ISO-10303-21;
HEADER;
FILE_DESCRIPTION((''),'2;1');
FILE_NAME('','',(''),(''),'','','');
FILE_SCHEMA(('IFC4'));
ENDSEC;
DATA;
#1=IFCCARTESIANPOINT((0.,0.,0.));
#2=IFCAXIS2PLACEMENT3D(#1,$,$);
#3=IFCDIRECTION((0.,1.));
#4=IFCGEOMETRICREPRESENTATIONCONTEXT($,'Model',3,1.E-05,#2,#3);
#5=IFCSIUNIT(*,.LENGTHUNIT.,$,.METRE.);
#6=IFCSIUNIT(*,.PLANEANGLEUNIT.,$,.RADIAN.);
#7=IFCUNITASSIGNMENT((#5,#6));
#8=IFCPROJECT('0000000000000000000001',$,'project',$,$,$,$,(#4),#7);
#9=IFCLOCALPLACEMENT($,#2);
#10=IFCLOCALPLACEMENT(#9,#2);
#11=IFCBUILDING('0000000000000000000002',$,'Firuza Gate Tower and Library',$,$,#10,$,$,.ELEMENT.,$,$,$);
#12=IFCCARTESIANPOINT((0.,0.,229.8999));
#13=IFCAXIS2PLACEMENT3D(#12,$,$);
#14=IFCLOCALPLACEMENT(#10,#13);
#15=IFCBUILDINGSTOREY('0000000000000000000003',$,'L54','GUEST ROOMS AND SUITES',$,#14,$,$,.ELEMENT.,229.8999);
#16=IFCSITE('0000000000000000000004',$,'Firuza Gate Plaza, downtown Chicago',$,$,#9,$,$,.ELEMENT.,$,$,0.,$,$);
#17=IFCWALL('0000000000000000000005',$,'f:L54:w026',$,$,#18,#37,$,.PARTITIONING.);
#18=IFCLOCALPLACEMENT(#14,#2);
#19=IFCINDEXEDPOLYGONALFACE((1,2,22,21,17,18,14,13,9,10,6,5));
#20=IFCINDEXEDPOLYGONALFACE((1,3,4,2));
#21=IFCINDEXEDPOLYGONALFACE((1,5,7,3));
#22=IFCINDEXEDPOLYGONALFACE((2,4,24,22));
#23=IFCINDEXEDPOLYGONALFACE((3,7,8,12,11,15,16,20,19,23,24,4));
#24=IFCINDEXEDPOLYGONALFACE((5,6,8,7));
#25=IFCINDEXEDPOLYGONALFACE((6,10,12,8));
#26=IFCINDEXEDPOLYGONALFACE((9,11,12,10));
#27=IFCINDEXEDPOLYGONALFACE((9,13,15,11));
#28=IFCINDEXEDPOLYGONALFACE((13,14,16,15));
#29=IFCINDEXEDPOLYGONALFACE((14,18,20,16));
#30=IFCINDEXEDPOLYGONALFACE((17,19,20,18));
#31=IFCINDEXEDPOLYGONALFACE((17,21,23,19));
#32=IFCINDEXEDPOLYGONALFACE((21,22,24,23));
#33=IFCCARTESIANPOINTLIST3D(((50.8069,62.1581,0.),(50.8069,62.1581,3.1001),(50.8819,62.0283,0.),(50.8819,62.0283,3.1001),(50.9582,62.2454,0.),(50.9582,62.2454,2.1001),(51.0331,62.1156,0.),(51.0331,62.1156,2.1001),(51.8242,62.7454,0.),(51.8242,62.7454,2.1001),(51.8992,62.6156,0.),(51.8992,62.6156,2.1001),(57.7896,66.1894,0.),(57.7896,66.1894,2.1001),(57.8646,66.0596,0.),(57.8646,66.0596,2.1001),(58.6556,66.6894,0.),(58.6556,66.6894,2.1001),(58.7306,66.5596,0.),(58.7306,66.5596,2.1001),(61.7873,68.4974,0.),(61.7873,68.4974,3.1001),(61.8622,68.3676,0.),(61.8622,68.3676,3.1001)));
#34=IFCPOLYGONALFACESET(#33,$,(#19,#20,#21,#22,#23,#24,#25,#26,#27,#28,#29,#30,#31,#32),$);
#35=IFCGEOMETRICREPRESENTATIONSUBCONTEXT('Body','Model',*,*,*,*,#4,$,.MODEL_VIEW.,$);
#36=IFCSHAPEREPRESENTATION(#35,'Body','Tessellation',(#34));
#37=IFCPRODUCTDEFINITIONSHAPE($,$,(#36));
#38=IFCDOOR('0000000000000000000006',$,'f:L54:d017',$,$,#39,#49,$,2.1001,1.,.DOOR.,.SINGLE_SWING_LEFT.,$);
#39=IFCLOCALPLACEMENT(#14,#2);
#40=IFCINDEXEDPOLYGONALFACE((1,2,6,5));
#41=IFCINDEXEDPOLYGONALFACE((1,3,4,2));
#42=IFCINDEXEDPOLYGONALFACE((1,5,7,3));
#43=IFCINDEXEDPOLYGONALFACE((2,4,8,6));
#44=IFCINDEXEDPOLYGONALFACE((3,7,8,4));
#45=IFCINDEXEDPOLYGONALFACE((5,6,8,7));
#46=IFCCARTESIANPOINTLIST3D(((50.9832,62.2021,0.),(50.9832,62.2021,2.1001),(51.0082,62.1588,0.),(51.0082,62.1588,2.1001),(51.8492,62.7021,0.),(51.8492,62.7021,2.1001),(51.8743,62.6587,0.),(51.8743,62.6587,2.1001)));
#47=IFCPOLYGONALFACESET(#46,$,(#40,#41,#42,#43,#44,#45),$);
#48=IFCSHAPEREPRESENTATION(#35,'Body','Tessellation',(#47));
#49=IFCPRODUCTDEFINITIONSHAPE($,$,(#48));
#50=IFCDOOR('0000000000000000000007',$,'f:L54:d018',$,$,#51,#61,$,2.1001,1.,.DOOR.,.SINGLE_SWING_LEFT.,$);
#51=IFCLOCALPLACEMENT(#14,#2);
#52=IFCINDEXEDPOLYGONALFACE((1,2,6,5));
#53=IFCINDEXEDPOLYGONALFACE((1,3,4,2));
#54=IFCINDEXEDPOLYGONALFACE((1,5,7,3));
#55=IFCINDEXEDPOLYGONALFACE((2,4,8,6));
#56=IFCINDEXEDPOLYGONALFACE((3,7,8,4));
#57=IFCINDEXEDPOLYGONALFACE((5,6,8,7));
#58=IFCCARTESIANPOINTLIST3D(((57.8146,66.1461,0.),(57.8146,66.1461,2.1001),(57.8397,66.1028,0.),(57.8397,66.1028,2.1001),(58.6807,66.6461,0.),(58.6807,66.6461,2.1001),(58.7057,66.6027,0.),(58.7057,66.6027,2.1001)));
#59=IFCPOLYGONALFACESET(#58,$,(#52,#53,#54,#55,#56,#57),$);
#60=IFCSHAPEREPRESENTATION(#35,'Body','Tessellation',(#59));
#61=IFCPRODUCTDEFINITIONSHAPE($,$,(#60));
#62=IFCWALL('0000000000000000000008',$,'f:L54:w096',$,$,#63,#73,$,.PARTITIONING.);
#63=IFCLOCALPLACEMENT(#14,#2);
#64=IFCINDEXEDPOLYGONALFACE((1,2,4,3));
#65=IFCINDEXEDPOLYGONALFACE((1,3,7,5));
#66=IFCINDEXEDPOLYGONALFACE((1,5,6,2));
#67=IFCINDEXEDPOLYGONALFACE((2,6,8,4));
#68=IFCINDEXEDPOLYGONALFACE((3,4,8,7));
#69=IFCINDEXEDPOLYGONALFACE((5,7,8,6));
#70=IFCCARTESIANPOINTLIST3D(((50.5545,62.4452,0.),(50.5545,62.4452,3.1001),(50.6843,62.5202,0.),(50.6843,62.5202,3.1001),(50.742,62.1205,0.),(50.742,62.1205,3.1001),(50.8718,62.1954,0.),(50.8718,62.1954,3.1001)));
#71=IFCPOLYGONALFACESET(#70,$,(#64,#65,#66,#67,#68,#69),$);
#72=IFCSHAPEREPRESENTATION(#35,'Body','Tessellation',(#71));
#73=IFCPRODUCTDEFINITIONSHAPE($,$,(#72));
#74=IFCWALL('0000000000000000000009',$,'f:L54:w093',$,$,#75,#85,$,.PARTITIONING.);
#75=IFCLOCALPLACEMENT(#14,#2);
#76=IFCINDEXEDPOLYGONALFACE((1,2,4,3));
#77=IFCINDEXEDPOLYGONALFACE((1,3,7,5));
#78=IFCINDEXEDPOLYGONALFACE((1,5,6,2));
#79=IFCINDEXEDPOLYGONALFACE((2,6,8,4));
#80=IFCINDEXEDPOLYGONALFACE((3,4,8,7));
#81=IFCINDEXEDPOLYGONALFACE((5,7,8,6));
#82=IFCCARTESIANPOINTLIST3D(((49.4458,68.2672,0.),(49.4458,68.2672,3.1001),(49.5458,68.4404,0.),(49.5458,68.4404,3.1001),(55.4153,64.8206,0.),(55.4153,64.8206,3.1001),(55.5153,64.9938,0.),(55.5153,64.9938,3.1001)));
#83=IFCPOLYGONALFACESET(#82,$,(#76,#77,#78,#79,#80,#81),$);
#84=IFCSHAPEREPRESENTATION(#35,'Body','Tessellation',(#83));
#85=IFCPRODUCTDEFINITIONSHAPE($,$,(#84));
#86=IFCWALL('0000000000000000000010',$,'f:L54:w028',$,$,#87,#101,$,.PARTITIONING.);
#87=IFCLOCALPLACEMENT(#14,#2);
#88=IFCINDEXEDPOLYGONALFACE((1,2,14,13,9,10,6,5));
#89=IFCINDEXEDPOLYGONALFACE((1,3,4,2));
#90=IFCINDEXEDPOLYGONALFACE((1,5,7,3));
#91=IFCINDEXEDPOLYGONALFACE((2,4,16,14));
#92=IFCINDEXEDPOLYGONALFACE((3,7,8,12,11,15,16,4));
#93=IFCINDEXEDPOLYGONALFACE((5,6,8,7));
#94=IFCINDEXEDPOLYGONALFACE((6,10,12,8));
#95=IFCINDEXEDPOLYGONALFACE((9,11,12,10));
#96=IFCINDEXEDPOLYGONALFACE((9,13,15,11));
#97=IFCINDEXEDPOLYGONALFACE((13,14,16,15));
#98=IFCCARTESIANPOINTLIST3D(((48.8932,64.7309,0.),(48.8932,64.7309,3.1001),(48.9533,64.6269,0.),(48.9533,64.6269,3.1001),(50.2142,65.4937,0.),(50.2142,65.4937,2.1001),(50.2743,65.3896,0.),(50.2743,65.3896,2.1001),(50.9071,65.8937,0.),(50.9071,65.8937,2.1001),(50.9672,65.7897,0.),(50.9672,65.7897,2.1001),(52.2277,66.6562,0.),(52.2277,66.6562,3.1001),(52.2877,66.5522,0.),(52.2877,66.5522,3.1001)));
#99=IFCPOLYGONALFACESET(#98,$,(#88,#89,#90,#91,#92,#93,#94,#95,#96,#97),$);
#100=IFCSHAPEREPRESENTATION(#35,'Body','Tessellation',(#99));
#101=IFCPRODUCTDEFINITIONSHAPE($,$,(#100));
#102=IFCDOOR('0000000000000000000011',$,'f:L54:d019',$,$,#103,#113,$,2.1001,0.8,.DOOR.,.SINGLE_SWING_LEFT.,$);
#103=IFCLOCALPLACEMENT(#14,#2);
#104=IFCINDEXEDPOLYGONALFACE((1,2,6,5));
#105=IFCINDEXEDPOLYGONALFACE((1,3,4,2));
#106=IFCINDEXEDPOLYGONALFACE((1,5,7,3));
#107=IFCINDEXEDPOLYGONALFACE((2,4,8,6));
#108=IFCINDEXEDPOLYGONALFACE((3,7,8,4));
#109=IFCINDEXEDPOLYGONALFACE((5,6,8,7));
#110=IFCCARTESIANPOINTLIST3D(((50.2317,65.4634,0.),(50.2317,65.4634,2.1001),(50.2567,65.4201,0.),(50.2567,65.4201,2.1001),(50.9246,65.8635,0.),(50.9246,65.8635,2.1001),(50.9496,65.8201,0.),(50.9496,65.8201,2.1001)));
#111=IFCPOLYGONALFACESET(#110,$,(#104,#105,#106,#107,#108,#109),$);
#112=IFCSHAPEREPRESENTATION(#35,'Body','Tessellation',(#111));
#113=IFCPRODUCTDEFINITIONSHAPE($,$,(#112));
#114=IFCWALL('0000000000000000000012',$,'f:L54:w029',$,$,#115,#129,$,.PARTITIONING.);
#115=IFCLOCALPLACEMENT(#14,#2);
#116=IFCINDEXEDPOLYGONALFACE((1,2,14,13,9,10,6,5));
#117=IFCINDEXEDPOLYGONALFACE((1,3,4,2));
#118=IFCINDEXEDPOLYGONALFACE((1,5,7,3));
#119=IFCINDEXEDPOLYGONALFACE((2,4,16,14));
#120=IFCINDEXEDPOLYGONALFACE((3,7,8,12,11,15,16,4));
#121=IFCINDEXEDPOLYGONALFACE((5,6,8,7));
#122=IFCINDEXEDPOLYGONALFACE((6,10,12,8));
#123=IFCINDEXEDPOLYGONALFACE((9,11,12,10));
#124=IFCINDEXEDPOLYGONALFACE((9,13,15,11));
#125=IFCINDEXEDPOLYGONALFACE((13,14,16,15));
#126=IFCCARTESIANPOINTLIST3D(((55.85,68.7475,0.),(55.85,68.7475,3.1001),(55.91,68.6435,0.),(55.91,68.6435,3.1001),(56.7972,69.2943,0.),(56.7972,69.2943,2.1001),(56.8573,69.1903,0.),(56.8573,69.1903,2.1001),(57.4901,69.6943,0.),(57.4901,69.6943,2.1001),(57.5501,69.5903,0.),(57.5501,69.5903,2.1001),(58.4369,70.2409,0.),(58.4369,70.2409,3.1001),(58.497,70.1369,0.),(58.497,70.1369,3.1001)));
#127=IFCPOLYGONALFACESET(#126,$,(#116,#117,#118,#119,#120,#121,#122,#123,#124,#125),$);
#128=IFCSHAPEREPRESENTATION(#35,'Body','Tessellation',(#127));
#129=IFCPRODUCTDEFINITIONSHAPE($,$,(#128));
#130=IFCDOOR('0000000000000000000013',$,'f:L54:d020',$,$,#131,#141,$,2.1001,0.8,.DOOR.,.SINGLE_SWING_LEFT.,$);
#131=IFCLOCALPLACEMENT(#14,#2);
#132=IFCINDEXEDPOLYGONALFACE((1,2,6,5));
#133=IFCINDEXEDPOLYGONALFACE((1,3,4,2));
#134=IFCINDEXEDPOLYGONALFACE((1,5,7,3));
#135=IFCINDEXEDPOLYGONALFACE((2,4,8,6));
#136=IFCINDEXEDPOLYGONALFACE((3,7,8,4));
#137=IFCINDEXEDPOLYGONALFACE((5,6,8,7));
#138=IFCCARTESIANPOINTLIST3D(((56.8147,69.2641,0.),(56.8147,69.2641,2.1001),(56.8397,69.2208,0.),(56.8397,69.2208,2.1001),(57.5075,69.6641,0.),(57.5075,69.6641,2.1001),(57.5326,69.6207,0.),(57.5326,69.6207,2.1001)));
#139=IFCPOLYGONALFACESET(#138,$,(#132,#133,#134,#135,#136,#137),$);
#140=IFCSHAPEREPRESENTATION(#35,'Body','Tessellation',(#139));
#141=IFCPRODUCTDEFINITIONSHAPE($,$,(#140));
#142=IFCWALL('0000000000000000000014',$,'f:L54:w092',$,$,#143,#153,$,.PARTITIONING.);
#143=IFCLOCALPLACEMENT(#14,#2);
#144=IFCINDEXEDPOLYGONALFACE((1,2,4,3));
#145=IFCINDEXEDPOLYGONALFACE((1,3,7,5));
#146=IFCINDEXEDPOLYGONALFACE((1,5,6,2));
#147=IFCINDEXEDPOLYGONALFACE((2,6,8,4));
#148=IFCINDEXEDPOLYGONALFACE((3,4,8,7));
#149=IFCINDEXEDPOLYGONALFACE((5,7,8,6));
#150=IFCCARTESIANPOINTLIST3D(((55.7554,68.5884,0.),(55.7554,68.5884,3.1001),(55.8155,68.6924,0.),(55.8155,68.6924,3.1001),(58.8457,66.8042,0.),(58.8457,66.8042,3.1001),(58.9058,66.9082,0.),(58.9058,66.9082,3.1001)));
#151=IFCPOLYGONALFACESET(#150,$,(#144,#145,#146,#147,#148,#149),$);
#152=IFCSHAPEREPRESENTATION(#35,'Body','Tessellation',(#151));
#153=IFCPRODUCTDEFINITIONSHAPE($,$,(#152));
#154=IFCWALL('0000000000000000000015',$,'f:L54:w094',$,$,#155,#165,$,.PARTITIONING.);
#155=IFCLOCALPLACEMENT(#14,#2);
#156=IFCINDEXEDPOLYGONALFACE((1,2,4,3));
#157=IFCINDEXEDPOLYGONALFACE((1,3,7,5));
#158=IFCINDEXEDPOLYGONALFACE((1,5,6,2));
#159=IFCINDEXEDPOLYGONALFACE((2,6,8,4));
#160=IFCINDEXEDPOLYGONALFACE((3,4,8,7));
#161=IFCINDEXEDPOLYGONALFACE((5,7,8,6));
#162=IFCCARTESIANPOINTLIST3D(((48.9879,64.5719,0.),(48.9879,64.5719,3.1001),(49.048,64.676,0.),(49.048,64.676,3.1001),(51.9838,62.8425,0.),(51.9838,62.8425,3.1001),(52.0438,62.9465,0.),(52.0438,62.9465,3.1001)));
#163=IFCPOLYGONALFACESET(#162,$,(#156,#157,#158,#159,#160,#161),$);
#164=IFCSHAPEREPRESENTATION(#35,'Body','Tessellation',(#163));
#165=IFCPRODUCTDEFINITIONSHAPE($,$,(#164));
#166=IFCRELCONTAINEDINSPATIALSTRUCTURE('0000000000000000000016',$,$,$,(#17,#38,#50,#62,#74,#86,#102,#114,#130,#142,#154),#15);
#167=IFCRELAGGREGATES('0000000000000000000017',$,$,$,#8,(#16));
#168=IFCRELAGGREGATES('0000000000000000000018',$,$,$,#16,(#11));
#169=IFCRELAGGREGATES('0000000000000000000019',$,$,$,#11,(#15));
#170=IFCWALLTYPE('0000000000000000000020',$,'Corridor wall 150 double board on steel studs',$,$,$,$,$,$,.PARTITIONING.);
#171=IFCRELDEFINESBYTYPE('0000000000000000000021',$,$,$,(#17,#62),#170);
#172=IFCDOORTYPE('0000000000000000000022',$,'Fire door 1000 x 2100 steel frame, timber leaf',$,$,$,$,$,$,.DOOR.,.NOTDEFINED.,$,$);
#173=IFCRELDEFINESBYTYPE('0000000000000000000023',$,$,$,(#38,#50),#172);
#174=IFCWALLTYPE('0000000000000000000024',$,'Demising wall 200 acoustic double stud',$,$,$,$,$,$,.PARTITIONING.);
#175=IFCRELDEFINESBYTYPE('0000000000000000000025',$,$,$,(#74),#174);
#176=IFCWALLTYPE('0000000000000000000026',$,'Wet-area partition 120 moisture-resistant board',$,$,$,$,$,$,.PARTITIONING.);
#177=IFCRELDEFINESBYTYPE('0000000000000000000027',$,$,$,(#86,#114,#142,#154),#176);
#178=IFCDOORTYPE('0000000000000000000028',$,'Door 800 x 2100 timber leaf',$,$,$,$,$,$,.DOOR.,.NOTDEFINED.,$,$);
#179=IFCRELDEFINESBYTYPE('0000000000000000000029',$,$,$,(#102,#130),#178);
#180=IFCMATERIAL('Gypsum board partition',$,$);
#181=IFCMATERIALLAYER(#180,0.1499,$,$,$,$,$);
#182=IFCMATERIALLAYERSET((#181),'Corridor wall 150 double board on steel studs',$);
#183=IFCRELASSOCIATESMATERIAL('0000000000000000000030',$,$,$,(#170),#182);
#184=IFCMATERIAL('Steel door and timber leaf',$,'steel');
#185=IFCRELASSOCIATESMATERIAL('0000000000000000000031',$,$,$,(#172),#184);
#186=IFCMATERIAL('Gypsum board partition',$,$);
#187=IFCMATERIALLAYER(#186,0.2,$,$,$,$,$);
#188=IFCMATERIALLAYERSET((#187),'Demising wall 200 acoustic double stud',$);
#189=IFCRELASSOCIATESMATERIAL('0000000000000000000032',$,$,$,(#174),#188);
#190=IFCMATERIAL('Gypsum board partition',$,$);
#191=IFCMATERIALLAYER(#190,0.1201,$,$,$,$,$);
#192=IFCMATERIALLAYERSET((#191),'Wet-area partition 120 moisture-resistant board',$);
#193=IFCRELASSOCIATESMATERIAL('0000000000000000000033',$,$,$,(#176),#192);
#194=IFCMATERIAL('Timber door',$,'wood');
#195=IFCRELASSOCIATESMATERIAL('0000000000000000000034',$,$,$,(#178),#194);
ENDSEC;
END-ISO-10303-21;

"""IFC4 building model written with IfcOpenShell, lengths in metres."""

from ifc_helpers import new_model, si_unit, direction, frame, frame_2d, origin, place, context, subcontext, project, spatial, rectangle, extrude, material, layer, layer_set, type_object, element, fill, save


model = new_model("IFC4")

# Units and contexts
model_context = context("Model", 3, precision=1e-05, world=origin(), true_north=direction((0.0, 1.0)))
body_context = subcontext(model_context, "Body", "Model", "MODEL_VIEW")
ifc_project = project(units=[si_unit("LENGTHUNIT", "METRE"), si_unit("PLANEANGLEUNIT", "RADIAN")], contexts=[model_context])

# Site, building, storey
site_placement = place(None, origin())
site = spatial("IfcSite", under=ifc_project, at=site_placement, Name="Firuza Gate Plaza, downtown Chicago", CompositionType="ELEMENT", RefElevation=0.0)
building_placement = place(site_placement, origin())
building = spatial("IfcBuilding", under=site, at=building_placement, Name="Firuza Gate Tower and Library", CompositionType="ELEMENT")
storey_placement = place(building_placement, frame((0.0, 0.0, 229.8999)))
storey = spatial("IfcBuildingStorey", under=building, at=storey_placement, Name="L54", Description="GUEST ROOMS AND SUITES", CompositionType="ELEMENT", Elevation=229.8999)

# Wall, openings, doors
ifc_material_1 = material(Name="Gypsum board partition")
ifc_layer_1 = layer(ifc_material_1, 0.1499)
ifc_layer_set_1 = layer_set([ifc_layer_1], Name="Corridor wall 150 double board on steel studs")
wall_type_1 = type_object("IfcWallType", Name="Corridor wall 150 double board on steel studs", PredefinedType="PARTITIONING", material=ifc_layer_set_1)
wall_1_placement = place(storey_placement, frame((50.8445, 62.0933, 0.0), z_axis=(0.0, 0.0, 1.0), x_axis=(0.866033, 0.499987, 0.0)))
wall_1 = element("IfcWall", 1, at=wall_1_placement, inside=storey, type_object=wall_type_1, Name="f:L54:w026", PredefinedType="PARTITIONING", context=body_context, shape_type="SweptSolid", body=[
    extrude(rectangle(XDim=12.679, YDim=0.1499, at=frame_2d((6.3394, 0.0))), origin(), (0.0, 0.0, 1.0), 3.1001),
])
opening_1_placement = place(wall_1_placement, frame((0.1746, 0.0, 0.0)))
opening_1 = element("IfcOpeningElement", 2, at=opening_1_placement, cuts=wall_1, PredefinedType="OPENING", context=body_context, shape_type="SweptSolid", body=[
    extrude(rectangle(XDim=1.0, YDim=2.1001, at=frame_2d((0.5, 1.05))), frame((0.0, 0.085, 0.0), z_axis=(0.0, -1.0, 0.0), x_axis=(1.0, 0.0, 0.0)), (0.0, 0.0, 1.0), 0.1699),
])
opening_2_placement = place(wall_1_placement, frame((8.0627, 0.0, 0.0)))
opening_2 = element("IfcOpeningElement", 3, at=opening_2_placement, cuts=wall_1, PredefinedType="OPENING", context=body_context, shape_type="SweptSolid", body=[
    extrude(rectangle(XDim=1.0, YDim=2.1001, at=frame_2d((0.5, 1.05))), frame((0.0, 0.085, 0.0), z_axis=(0.0, -1.0, 0.0), x_axis=(1.0, 0.0, 0.0)), (0.0, 0.0, 1.0), 0.1699),
])
ifc_material_2 = material(Name="Steel door and timber leaf", Category="steel")
door_type_1 = type_object("IfcDoorType", Name="Fire door 1000 x 2100 steel frame, timber leaf", OperationType="NOTDEFINED", PredefinedType="DOOR", material=ifc_material_2)
door_1_placement = place(opening_1_placement, origin())
door_1 = element("IfcDoor", 4, at=door_1_placement, inside=storey, type_object=door_type_1, Name="f:L54:d017", OperationType="SINGLE_SWING_LEFT", OverallHeight=2.1001, OverallWidth=1.0, PredefinedType="DOOR", context=body_context, shape_type="SweptSolid", body=[
    extrude(rectangle(XDim=1.0, YDim=2.1001, at=frame_2d((0.5, 1.05))), frame((0.0, 0.0249, 0.0), z_axis=(0.0, -1.0, 0.0), x_axis=(1.0, 0.0, 0.0)), (0.0, 0.0, 1.0), 0.05),
])
fill(opening_1, door_1)
door_2_placement = place(opening_2_placement, origin())
door_2 = element("IfcDoor", 5, at=door_2_placement, inside=storey, type_object=door_type_1, Name="f:L54:d018", OperationType="SINGLE_SWING_LEFT", OverallHeight=2.1001, OverallWidth=1.0, PredefinedType="DOOR", context=body_context, shape_type="SweptSolid", body=[
    extrude(rectangle(XDim=1.0, YDim=2.1001, at=frame_2d((0.5, 1.05))), frame((0.0, 0.0249, 0.0), z_axis=(0.0, -1.0, 0.0), x_axis=(1.0, 0.0, 0.0)), (0.0, 0.0, 1.0), 0.05),
])
fill(opening_2, door_2)

# Walls
wall_2_placement = place(storey_placement, frame((50.8069, 62.158, 0.0), z_axis=(0.0, 0.0, 1.0), x_axis=(-0.500061, 0.86599, 0.0)))
element("IfcWall", 6, at=wall_2_placement, inside=storey, type_object=wall_type_1, Name="f:L54:w096", PredefinedType="PARTITIONING", context=body_context, shape_type="SweptSolid", body=[
    extrude(rectangle(XDim=0.375, YDim=0.1499, at=frame_2d((0.1875, 0.0))), origin(), (0.0, 0.0, 1.0), 3.1001),
])
ifc_material_3 = material(Name="Gypsum board partition")
ifc_layer_2 = layer(ifc_material_3, 0.2)
ifc_layer_set_2 = layer_set([ifc_layer_2], Name="Demising wall 200 acoustic double stud")
wall_type_2 = type_object("IfcWallType", Name="Demising wall 200 acoustic double stud", PredefinedType="PARTITIONING", material=ifc_layer_set_2)
wall_3_placement = place(storey_placement, frame((55.4653, 64.9072, 0.0), z_axis=(0.0, 0.0, 1.0), x_axis=(-0.866022, 0.500006, 0.0)))
element("IfcWall", 7, at=wall_3_placement, inside=storey, type_object=wall_type_2, Name="f:L54:w093", PredefinedType="PARTITIONING", context=body_context, shape_type="SweptSolid", body=[
    extrude(rectangle(XDim=6.8931, YDim=0.2, at=frame_2d((3.4465, 0.0))), origin(), (0.0, 0.0, 1.0), 3.1001),
])

# Walls, openings, doors
ifc_material_4 = material(Name="Gypsum board partition")
ifc_layer_3 = layer(ifc_material_4, 0.1201)
ifc_layer_set_3 = layer_set([ifc_layer_3], Name="Wet-area partition 120 moisture-resistant board")
wall_type_3 = type_object("IfcWallType", Name="Wet-area partition 120 moisture-resistant board", PredefinedType="PARTITIONING", material=ifc_layer_set_3)
wall_4_placement = place(storey_placement, frame((52.2578, 66.6042, 0.0), z_axis=(0.0, 0.0, 1.0), x_axis=(-0.86601, -0.500026, 0.0)))
wall_4 = element("IfcWall", 8, at=wall_4_placement, inside=storey, type_object=wall_type_3, Name="f:L54:w028", PredefinedType="PARTITIONING", context=body_context, shape_type="SweptSolid", body=[
    extrude(rectangle(XDim=3.8503, YDim=0.1201, at=frame_2d((1.9253, 0.0))), origin(), (0.0, 0.0, 1.0), 3.1001),
])
opening_3_placement = place(wall_4_placement, frame((1.5251, 0.0, 0.0)))
opening_3 = element("IfcOpeningElement", 9, at=opening_3_placement, cuts=wall_4, PredefinedType="OPENING", context=body_context, shape_type="SweptSolid", body=[
    extrude(rectangle(XDim=0.8, YDim=2.1001, at=frame_2d((0.3999, 1.05))), frame((0.0, 0.0701, 0.0), z_axis=(0.0, -1.0, 0.0), x_axis=(1.0, 0.0, 0.0)), (0.0, 0.0, 1.0), 0.1401),
])
ifc_material_5 = material(Name="Timber door", Category="wood")
door_type_2 = type_object("IfcDoorType", Name="Door 800 x 2100 timber leaf", OperationType="NOTDEFINED", PredefinedType="DOOR", material=ifc_material_5)
door_3_placement = place(opening_3_placement, origin())
door_3 = element("IfcDoor", 10, at=door_3_placement, inside=storey, type_object=door_type_2, Name="f:L54:d019", OperationType="SINGLE_SWING_LEFT", OverallHeight=2.1001, OverallWidth=0.8, PredefinedType="DOOR", context=body_context, shape_type="SweptSolid", body=[
    extrude(rectangle(XDim=0.8, YDim=2.1001, at=frame_2d((0.3999, 1.05))), frame((0.0, 0.0249, 0.0), z_axis=(0.0, -1.0, 0.0), x_axis=(1.0, 0.0, 0.0)), (0.0, 0.0, 1.0), 0.05),
])
fill(opening_3, door_3)
wall_5_placement = place(storey_placement, frame((58.467, 70.189, 0.0), z_axis=(0.0, 0.0, 1.0), x_axis=(-0.866047, -0.499963, 0.0)))
wall_5 = element("IfcWall", 11, at=wall_5_placement, inside=storey, type_object=wall_type_3, Name="f:L54:w029", PredefinedType="PARTITIONING", context=body_context, shape_type="SweptSolid", body=[
    extrude(rectangle(XDim=2.9871, YDim=0.1201, at=frame_2d((1.4937, 0.0))), origin(), (0.0, 0.0, 1.0), 3.1001),
])
opening_4_placement = place(wall_5_placement, frame((1.0935, 0.0, 0.0)))
opening_4 = element("IfcOpeningElement", 12, at=opening_4_placement, cuts=wall_5, PredefinedType="OPENING", context=body_context, shape_type="SweptSolid", body=[
    extrude(rectangle(XDim=0.8, YDim=2.1001, at=frame_2d((0.3999, 1.05))), frame((0.0, 0.0701, 0.0), z_axis=(0.0, -1.0, 0.0), x_axis=(1.0, 0.0, 0.0)), (0.0, 0.0, 1.0), 0.1401),
])
door_4_placement = place(opening_4_placement, origin())
door_4 = element("IfcDoor", 13, at=door_4_placement, inside=storey, type_object=door_type_2, Name="f:L54:d020", OperationType="SINGLE_SWING_LEFT", OverallHeight=2.1001, OverallWidth=0.8, PredefinedType="DOOR", context=body_context, shape_type="SweptSolid", body=[
    extrude(rectangle(XDim=0.8, YDim=2.1001, at=frame_2d((0.3999, 1.05))), frame((0.0, 0.0249, 0.0), z_axis=(0.0, -1.0, 0.0), x_axis=(1.0, 0.0, 0.0)), (0.0, 0.0, 1.0), 0.05),
])
fill(opening_4, door_4)

# Walls
wall_6_placement = place(storey_placement, frame((58.8757, 66.8562, 0.0), z_axis=(0.0, 0.0, 1.0), x_axis=(-0.866028, 0.499995, 0.0)))
element("IfcWall", 14, at=wall_6_placement, inside=storey, type_object=wall_type_3, Name="f:L54:w092", PredefinedType="PARTITIONING", context=body_context, shape_type="SweptSolid", body=[
    extrude(rectangle(XDim=3.5684, YDim=0.1201, at=frame_2d((1.7842, 0.0))), origin(), (0.0, 0.0, 1.0), 3.1001),
])
wall_7_placement = place(storey_placement, frame((52.0137, 62.8945, 0.0), z_axis=(0.0, 0.0, 1.0), x_axis=(-0.866046, 0.499965, 0.0)))
element("IfcWall", 15, at=wall_7_placement, inside=storey, type_object=wall_type_3, Name="f:L54:w094", PredefinedType="PARTITIONING", context=body_context, shape_type="SweptSolid", body=[
    extrude(rectangle(XDim=3.4592, YDim=0.1201, at=frame_2d((1.7295, 0.0))), origin(), (0.0, 0.0, 1.0), 3.1001),
])

save(model, "model.ifc")
